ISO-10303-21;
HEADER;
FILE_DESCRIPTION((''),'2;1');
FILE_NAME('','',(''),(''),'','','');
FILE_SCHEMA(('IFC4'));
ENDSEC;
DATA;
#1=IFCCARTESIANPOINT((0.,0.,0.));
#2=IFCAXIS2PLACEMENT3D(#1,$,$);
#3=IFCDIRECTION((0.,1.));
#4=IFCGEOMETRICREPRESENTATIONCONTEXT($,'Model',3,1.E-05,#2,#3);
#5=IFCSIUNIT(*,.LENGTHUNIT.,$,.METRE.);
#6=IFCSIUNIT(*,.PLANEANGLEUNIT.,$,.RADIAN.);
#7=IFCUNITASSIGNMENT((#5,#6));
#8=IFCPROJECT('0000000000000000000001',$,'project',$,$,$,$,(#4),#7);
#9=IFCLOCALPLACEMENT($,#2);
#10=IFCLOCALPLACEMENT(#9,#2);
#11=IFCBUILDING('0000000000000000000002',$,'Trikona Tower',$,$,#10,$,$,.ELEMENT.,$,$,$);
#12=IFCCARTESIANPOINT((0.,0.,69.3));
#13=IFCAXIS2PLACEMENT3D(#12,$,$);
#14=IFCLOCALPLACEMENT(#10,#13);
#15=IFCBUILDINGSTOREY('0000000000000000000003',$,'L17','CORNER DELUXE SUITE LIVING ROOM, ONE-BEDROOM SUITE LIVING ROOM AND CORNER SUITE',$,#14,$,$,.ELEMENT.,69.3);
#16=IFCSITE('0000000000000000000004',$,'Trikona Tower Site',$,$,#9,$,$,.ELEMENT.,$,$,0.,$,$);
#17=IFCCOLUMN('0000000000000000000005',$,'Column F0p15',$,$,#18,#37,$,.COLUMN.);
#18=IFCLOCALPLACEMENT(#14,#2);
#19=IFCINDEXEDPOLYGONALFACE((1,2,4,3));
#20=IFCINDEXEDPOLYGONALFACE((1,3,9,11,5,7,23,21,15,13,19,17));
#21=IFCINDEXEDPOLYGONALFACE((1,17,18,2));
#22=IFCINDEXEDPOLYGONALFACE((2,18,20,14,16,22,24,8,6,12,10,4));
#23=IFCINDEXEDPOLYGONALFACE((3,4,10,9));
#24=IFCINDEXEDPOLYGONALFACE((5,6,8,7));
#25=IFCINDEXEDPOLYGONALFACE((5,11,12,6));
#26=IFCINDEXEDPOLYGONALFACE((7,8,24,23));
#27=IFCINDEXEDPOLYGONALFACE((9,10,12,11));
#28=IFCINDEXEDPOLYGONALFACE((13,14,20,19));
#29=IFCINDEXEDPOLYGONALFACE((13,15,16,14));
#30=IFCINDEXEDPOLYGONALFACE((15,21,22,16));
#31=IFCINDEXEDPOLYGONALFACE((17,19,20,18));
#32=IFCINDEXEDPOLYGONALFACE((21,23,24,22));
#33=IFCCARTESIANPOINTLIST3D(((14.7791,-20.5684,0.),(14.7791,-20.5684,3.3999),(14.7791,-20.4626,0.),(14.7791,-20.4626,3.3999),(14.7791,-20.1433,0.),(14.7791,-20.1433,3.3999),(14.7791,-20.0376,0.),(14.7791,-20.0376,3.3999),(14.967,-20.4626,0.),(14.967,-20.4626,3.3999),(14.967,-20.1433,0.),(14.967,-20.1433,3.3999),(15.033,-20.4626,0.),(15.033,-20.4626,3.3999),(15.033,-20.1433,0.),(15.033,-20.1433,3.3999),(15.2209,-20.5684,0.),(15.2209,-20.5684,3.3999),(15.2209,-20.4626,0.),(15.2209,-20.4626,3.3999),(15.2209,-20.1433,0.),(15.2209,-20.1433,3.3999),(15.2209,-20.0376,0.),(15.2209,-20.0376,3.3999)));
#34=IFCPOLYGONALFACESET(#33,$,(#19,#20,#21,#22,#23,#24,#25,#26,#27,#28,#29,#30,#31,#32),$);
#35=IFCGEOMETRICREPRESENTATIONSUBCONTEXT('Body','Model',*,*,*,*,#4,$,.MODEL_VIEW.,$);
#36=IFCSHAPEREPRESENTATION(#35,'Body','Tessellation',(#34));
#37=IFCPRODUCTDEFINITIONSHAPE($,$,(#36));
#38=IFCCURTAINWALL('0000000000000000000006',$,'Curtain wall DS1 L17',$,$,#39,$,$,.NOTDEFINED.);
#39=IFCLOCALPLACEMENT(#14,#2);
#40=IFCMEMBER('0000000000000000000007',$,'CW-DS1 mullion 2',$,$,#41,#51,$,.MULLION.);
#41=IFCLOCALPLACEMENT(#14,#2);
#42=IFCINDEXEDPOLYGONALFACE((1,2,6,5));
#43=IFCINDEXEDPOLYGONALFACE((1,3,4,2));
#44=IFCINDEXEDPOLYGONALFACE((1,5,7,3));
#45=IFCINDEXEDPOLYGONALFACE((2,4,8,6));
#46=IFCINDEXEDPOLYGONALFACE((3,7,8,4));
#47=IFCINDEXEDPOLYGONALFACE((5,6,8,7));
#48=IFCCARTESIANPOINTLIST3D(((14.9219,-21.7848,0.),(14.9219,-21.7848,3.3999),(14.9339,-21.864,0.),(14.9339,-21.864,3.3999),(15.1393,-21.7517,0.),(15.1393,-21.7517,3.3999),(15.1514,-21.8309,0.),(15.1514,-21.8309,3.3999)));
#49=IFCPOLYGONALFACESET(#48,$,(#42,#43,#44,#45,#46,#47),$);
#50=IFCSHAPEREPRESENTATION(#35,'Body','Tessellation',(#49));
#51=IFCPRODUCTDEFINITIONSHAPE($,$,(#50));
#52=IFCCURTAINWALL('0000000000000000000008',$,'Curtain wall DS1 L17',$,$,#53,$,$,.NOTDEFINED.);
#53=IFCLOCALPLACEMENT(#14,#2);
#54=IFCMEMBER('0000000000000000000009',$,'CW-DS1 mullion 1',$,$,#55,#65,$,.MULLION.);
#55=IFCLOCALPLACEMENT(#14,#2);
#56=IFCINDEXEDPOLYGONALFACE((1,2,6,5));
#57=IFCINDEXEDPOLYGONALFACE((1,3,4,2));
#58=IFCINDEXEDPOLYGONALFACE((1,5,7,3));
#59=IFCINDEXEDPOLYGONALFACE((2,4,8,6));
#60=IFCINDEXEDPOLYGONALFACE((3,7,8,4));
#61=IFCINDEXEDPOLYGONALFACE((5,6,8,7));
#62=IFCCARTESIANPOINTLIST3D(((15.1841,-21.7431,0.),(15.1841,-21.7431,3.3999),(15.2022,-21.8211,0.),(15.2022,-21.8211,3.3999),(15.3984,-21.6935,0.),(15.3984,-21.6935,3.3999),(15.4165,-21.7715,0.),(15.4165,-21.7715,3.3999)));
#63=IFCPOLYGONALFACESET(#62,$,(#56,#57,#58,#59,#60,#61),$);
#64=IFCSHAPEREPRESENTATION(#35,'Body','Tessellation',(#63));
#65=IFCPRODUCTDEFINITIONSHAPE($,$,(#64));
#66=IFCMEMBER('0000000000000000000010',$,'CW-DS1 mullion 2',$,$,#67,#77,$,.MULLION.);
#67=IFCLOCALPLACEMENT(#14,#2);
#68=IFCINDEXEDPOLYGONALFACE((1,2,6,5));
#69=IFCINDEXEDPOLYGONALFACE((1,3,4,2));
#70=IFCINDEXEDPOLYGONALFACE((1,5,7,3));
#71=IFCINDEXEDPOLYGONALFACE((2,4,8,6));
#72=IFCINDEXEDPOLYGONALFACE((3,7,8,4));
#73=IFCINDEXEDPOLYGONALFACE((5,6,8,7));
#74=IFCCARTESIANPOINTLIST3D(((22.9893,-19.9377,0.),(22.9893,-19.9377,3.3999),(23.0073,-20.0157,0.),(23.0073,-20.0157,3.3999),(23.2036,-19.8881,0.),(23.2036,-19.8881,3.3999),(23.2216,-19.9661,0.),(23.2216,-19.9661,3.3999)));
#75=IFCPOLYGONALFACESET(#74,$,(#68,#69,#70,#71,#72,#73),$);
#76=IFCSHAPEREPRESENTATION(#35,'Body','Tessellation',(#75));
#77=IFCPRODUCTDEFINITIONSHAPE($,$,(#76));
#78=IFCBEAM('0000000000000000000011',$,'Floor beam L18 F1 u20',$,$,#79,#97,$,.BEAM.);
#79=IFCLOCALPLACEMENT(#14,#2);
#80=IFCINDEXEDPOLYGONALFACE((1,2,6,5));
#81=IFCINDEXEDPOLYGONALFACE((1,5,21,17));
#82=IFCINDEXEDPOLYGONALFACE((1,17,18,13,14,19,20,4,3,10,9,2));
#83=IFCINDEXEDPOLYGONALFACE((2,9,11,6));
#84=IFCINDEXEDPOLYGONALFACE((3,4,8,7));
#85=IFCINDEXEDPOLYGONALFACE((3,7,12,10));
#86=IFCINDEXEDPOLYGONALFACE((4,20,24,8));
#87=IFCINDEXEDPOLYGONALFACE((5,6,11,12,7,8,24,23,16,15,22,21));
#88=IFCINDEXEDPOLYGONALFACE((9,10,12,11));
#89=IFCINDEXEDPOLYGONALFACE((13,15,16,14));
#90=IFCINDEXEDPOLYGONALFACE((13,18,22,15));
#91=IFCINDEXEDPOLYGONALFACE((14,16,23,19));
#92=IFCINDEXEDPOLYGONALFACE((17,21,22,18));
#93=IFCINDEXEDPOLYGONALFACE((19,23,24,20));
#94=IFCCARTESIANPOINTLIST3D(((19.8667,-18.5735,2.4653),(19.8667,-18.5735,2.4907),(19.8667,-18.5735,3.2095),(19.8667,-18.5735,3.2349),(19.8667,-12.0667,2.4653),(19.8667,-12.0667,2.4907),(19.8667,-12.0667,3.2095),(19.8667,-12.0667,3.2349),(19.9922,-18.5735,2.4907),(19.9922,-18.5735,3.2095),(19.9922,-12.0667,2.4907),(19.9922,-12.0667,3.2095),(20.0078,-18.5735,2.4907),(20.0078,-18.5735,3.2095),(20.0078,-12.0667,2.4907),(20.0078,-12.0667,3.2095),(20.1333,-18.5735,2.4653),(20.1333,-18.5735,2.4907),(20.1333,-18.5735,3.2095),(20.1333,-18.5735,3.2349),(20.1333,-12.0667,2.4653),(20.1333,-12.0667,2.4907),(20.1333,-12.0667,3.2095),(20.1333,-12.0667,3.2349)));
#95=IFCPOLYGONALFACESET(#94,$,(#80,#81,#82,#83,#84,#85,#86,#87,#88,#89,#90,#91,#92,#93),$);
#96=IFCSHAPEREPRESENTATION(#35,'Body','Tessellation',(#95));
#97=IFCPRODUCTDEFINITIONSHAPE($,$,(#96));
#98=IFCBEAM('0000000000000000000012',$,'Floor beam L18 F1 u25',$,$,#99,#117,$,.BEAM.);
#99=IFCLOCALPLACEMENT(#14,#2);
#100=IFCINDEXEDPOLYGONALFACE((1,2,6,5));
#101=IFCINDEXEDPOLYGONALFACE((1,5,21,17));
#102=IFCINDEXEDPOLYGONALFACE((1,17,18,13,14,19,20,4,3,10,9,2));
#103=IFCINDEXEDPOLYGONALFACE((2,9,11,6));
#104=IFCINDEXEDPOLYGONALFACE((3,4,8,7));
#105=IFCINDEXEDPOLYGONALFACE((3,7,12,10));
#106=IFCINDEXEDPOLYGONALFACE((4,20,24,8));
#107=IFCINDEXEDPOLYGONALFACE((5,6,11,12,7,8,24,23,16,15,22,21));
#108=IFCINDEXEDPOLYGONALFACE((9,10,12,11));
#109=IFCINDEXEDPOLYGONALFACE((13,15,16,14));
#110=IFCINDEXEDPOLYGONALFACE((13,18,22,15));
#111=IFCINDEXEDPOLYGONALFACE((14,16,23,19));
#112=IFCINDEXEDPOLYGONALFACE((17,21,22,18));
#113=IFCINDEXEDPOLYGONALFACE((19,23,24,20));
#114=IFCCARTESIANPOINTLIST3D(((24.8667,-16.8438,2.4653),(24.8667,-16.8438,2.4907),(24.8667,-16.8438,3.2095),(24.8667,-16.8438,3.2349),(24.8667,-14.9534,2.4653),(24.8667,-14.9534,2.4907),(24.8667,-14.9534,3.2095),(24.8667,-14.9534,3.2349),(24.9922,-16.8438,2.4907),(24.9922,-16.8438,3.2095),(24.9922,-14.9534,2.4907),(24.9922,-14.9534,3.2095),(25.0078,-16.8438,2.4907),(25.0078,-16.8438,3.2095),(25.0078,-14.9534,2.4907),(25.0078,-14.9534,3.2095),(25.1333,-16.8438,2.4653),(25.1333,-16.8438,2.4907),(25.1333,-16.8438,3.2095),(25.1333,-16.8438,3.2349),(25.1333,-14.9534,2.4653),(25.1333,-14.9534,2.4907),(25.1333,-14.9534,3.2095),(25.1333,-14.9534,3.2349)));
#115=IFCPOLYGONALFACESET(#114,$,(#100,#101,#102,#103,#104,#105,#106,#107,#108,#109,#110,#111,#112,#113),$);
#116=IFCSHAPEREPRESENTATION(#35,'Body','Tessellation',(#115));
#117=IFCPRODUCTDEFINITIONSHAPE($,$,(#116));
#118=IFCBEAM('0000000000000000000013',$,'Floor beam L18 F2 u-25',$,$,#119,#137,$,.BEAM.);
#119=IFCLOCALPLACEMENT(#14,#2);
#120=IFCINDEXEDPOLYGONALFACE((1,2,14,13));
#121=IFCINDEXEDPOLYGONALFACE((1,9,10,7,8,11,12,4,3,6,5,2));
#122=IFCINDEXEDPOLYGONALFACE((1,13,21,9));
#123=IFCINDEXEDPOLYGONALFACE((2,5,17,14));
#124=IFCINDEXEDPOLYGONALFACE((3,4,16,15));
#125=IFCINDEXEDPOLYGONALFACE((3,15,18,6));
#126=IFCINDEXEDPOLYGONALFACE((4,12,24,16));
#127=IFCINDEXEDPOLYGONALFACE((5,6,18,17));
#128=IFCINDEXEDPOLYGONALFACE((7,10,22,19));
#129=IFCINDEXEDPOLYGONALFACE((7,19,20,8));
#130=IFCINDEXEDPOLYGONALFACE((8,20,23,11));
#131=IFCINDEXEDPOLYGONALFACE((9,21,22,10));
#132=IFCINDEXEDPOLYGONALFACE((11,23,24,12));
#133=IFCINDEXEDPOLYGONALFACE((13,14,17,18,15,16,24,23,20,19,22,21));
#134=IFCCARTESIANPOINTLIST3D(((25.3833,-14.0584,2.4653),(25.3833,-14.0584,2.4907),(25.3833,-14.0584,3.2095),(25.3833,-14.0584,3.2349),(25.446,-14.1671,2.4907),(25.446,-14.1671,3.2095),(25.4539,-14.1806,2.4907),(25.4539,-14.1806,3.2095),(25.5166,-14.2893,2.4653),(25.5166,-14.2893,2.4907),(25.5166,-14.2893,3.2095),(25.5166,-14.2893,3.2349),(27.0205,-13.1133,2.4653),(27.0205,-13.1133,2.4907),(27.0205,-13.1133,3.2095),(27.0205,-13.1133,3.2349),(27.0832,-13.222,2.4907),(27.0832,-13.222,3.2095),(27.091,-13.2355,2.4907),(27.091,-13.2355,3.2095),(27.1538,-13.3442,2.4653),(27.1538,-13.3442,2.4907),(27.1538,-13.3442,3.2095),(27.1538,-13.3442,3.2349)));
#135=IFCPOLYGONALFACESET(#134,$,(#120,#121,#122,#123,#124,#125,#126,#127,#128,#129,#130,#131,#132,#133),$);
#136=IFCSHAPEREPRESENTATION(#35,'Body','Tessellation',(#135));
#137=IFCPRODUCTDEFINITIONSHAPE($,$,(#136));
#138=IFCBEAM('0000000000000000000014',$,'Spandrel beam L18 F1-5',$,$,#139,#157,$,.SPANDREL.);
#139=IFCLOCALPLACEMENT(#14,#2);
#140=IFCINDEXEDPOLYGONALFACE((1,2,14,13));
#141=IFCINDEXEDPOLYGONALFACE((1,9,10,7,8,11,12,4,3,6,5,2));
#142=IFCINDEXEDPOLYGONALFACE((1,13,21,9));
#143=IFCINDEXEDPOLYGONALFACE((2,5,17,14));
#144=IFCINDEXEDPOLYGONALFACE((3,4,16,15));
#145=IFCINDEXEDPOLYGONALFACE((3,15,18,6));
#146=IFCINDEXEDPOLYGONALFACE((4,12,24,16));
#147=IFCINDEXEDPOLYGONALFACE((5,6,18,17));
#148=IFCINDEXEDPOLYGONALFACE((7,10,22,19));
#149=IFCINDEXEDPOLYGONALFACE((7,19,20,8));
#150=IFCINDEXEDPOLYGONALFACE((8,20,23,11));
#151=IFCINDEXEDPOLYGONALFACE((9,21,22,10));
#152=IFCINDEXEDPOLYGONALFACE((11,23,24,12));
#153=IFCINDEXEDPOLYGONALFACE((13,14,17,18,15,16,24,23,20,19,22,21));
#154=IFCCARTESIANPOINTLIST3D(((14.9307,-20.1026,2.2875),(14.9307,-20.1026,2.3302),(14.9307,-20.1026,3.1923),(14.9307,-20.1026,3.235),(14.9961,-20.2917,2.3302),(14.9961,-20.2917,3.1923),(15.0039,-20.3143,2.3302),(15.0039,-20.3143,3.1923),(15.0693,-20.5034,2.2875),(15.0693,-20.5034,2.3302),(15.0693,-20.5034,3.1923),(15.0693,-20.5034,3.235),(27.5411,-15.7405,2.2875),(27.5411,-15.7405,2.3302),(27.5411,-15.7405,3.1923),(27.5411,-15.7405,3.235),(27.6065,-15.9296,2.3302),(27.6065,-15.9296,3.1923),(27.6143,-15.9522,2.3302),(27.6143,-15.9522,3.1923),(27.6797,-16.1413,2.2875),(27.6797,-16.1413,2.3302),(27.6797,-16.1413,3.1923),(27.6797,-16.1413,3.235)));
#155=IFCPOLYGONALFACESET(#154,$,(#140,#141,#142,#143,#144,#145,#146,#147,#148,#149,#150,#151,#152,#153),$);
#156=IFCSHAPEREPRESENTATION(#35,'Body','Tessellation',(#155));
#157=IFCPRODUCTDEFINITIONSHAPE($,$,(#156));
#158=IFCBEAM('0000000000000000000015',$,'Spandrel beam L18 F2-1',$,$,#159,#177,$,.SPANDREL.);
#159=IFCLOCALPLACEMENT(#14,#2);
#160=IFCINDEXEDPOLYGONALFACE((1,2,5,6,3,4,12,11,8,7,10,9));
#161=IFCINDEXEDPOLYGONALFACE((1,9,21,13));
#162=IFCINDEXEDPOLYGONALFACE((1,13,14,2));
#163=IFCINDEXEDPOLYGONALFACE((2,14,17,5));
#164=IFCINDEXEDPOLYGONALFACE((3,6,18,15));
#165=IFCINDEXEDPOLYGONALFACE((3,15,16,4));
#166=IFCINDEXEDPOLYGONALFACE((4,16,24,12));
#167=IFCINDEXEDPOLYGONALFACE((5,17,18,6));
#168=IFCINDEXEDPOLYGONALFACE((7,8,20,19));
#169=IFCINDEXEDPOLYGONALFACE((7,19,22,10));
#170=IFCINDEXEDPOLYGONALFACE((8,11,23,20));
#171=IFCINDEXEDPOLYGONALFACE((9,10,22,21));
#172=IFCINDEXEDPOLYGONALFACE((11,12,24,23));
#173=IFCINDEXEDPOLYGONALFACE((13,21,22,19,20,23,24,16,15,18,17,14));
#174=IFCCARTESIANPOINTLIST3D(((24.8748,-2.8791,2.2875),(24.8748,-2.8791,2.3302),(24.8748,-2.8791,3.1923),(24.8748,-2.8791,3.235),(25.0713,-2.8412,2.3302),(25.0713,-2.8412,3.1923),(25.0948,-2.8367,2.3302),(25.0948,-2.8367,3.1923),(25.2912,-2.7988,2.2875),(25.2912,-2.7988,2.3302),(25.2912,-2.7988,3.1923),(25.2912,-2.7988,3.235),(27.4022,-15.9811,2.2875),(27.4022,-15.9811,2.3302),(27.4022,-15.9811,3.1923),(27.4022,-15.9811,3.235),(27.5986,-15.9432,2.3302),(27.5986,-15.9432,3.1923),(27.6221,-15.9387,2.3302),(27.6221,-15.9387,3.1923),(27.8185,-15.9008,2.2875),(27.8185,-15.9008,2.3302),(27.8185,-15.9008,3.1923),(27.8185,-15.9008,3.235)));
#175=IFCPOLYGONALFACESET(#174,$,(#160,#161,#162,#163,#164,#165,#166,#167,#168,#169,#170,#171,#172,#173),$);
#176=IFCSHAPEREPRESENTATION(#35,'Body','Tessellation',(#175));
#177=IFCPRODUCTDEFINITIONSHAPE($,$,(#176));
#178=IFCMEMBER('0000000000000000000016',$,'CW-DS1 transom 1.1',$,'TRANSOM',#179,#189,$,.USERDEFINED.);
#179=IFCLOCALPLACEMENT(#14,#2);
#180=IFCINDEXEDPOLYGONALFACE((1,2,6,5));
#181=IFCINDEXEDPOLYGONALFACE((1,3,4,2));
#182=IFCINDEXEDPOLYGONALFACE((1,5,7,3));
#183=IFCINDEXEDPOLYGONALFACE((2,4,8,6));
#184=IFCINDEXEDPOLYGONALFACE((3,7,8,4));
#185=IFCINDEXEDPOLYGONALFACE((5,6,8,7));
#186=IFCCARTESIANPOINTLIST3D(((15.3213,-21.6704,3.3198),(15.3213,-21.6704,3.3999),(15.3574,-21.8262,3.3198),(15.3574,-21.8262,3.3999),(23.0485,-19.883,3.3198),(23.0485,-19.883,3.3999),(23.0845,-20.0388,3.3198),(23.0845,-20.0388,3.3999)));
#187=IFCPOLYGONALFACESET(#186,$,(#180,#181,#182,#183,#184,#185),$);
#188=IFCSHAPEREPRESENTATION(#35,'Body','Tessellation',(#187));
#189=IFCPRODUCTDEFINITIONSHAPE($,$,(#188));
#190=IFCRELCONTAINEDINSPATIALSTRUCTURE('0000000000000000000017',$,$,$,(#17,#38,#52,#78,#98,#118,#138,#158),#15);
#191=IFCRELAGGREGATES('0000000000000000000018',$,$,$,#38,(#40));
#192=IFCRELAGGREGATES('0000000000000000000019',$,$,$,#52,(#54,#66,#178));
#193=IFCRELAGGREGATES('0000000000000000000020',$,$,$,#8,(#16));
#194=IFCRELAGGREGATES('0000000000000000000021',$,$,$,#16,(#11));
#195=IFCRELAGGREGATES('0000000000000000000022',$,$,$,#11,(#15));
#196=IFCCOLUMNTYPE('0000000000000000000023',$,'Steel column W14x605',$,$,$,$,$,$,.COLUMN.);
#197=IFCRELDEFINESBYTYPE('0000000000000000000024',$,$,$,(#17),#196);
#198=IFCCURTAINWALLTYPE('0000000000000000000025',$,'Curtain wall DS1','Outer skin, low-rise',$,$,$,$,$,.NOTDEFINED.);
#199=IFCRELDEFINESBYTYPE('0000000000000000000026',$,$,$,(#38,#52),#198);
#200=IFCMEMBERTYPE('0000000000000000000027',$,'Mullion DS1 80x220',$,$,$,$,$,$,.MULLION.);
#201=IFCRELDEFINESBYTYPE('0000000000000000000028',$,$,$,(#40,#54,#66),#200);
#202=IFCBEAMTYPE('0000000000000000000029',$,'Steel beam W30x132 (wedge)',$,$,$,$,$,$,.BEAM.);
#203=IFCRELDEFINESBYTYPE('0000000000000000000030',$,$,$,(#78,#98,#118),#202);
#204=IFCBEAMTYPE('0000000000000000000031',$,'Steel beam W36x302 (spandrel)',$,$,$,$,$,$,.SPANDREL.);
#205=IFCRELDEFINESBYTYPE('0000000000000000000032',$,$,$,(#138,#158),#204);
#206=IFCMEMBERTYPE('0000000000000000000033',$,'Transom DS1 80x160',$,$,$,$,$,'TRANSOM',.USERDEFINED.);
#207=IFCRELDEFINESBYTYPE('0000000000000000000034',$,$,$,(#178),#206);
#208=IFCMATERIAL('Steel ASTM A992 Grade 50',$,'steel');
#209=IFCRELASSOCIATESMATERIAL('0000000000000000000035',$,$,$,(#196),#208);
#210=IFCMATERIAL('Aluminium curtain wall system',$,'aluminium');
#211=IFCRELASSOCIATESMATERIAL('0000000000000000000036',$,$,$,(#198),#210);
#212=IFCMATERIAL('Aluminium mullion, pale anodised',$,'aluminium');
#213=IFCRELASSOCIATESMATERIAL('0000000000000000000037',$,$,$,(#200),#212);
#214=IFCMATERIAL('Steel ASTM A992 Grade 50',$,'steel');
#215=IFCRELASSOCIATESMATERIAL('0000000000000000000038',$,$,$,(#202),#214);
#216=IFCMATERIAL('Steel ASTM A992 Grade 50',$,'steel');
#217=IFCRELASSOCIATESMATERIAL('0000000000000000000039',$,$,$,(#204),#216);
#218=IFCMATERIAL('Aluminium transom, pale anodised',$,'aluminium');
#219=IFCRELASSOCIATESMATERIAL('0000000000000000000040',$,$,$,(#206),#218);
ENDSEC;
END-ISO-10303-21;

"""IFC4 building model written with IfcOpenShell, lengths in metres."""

from ifc_helpers import new_model, si_unit, direction, frame, origin, origin_2d, place, context, subcontext, project, spatial, rectangle, i_section, extrude, material, material_profile, profile_set, type_object, element, aggregate, save


model = new_model("IFC4")

# Units and contexts
model_context = context("Model", 3, precision=1e-05, world=origin(), true_north=direction((0.0, 1.0)))
body_context = subcontext(model_context, "Body", "Model", "MODEL_VIEW")
ifc_project = project(units=[si_unit("LENGTHUNIT", "METRE"), si_unit("PLANEANGLEUNIT", "RADIAN")], contexts=[model_context])

# Site, building, storey
site_placement = place(None, origin())
site = spatial("IfcSite", under=ifc_project, at=site_placement, Name="Trikona Tower Site", CompositionType="ELEMENT", RefElevation=0.0)
building_placement = place(site_placement, origin())
building = spatial("IfcBuilding", under=site, at=building_placement, Name="Trikona Tower", CompositionType="ELEMENT")
storey_placement = place(building_placement, frame((0.0, 0.0, 69.3)))
storey = spatial("IfcBuildingStorey", under=building, at=storey_placement, Name="L17", Description="CORNER DELUXE SUITE LIVING ROOM, ONE-BEDROOM SUITE LIVING ROOM AND CORNER SUITE", CompositionType="ELEMENT", Elevation=69.3)

# Column
ifc_material_1 = material(Name="Steel ASTM A992 Grade 50", Category="steel")
ifc_material_profile_1 = material_profile(ifc_material_1, i_section(OverallWidth=0.4419, OverallDepth=0.5308, WebThickness=0.0659, FlangeThickness=0.1057, at=origin_2d()), Name="W14X605")
ifc_profile_set_1 = profile_set([ifc_material_profile_1], Name="Steel ASTM A992 Grade 50")
column_type = type_object("IfcColumnType", Name="Steel column W14x605", PredefinedType="COLUMN", material=ifc_profile_set_1)
column_placement = place(storey_placement, frame((15.0, -20.303, 0.0), z_axis=(0.0, 0.0, 1.0), x_axis=(1.0, 0.0, 0.0)))
element("IfcColumn", 1, at=column_placement, inside=storey, type_object=column_type, Name="Column F0p15", PredefinedType="COLUMN", context=body_context, shape_type="SweptSolid", body=[
    extrude(i_section(OverallWidth=0.4419, OverallDepth=0.5308, WebThickness=0.0659, FlangeThickness=0.1057, at=origin_2d()), origin(), (0.0, 0.0, 1.0), 3.3999),
])

# Curtain wall, member
ifc_material_2 = material(Name="Aluminium curtain wall system", Category="aluminium")
curtain_wall_type = type_object("IfcCurtainWallType", Name="Curtain wall DS1", Description="Outer skin, low-rise", PredefinedType="NOTDEFINED", material=ifc_material_2)
curtain_wall_1_placement = place(storey_placement, origin())
curtain_wall_1 = element("IfcCurtainWall", 2, at=curtain_wall_1_placement, inside=storey, type_object=curtain_wall_type, Name="Curtain wall DS1 L17", PredefinedType="NOTDEFINED")
ifc_material_3 = material(Name="Aluminium mullion, pale anodised", Category="aluminium")
ifc_material_profile_2 = material_profile(ifc_material_3, rectangle(XDim=0.0801, YDim=0.22, at=origin_2d()), Name="MUL-DS1")
ifc_profile_set_2 = profile_set([ifc_material_profile_2], Name="Aluminium mullion, pale anodised")
member_type_1 = type_object("IfcMemberType", Name="Mullion DS1 80x220", PredefinedType="MULLION", material=ifc_profile_set_2)
member_1_placement = place(storey_placement, frame((15.0366, -21.8079, 0.0), z_axis=(0.0, 0.0, 1.0), x_axis=(-0.150438, 0.988619, 0.0)))
member_1 = element("IfcMember", 3, at=member_1_placement, type_object=member_type_1, Name="CW-DS1 mullion 2", PredefinedType="MULLION", context=body_context, shape_type="SweptSolid", body=[
    extrude(rectangle(XDim=0.0801, YDim=0.22, at=origin_2d()), origin(), (0.0, 0.0, 1.0), 3.3999),
])
aggregate(curtain_wall_1, [member_1])

# Curtain wall, members
curtain_wall_2_placement = place(storey_placement, origin())
curtain_wall_2 = element("IfcCurtainWall", 4, at=curtain_wall_2_placement, inside=storey, type_object=curtain_wall_type, Name="Curtain wall DS1 L17", PredefinedType="NOTDEFINED")
member_2_placement = place(storey_placement, frame((15.3003, -21.7573, 0.0), z_axis=(0.0, 0.0, 1.0), x_axis=(-0.225343, 0.974279, 0.0)))
member_2 = element("IfcMember", 5, at=member_2_placement, type_object=member_type_1, Name="CW-DS1 mullion 1", PredefinedType="MULLION", context=body_context, shape_type="SweptSolid", body=[
    extrude(rectangle(XDim=0.0801, YDim=0.22, at=origin_2d()), origin(), (0.0, 0.0, 1.0), 3.3999),
])
member_3_placement = place(storey_placement, frame((23.1055, -19.9519, 0.0), z_axis=(0.0, 0.0, 1.0), x_axis=(-0.225343, 0.974279, 0.0)))
member_3 = element("IfcMember", 6, at=member_3_placement, type_object=member_type_1, Name="CW-DS1 mullion 2", PredefinedType="MULLION", context=body_context, shape_type="SweptSolid", body=[
    extrude(rectangle(XDim=0.0801, YDim=0.22, at=origin_2d()), origin(), (0.0, 0.0, 1.0), 3.3999),
])

# Beams
ifc_material_4 = material(Name="Steel ASTM A992 Grade 50", Category="steel")
ifc_material_profile_3 = material_profile(ifc_material_4, i_section(OverallWidth=0.2666, OverallDepth=0.7695, WebThickness=0.0156, FlangeThickness=0.0254, at=origin_2d()), Name="W30X132")
ifc_profile_set_3 = profile_set([ifc_material_profile_3], Name="Steel ASTM A992 Grade 50")
beam_type_1 = type_object("IfcBeamType", Name="Steel beam W30x132 (wedge)", PredefinedType="BEAM", material=ifc_profile_set_3)
beam_placement = place(storey_placement, frame((20.0, -12.0667, 2.8501), z_axis=(0.0, -1.0, 0.0), x_axis=(1.0, 0.0, 0.0)))
element("IfcBeam", 7, at=beam_placement, inside=storey, type_object=beam_type_1, Name="Floor beam L18 F1 u20", PredefinedType="BEAM", context=body_context, shape_type="SweptSolid", body=[
    extrude(i_section(OverallWidth=0.2666, OverallDepth=0.7695, WebThickness=0.0156, FlangeThickness=0.0254, at=origin_2d()), origin(), (0.0, 0.0, 1.0), 6.5068),
])
for number, where, z_axis, x_axis, name in (
    (8, (25.0, -14.9534, 2.8501), (0.0, -1.0, 0.0), (1.0, 0.0, 0.0), "Floor beam L18 F1 u25"),
    (9, (25.45, -14.1738, 2.8501), (0.866065, 0.499931, 0.0), (-0.499931, 0.866065, 0.0), "Floor beam L18 F2 u-25"),
):
    element("IfcBeam", number, at=place(storey_placement, frame(where, z_axis=z_axis, x_axis=x_axis)), inside=storey, type_object=beam_type_1, Name=name, PredefinedType="BEAM", context=body_context, shape_type="SweptSolid", body=[
        extrude(i_section(OverallWidth=0.2666, OverallDepth=0.7695, WebThickness=0.0156, FlangeThickness=0.0254, at=origin_2d()), origin(), (0.0, 0.0, 1.0), 1.8904),
    ])
ifc_material_5 = material(Name="Steel ASTM A992 Grade 50", Category="steel")
ifc_material_profile_4 = material_profile(ifc_material_5, i_section(OverallWidth=0.4241, OverallDepth=0.9475, WebThickness=0.0239, FlangeThickness=0.0427, at=origin_2d()), Name="W36X302")
ifc_profile_set_4 = profile_set([ifc_material_profile_4], Name="Steel ASTM A992 Grade 50")
beam_type_2 = type_object("IfcBeamType", Name="Steel beam W36x302 (spandrel)", PredefinedType="SPANDREL", material=ifc_profile_set_4)
for number, where, z_axis, x_axis, name in (
    (10, (15.0, -20.303, 2.7612), (0.945057, 0.326906, 0.0), (-0.326906, 0.945057, 0.0), "Spandrel beam L18 F1-5"),
    (11, (27.6104, -15.9409, 2.7612), (-0.189405, 0.981899, 0.0), (-0.981899, -0.189405, 0.0), "Spandrel beam L18 F2-1"),
):
    element("IfcBeam", number, at=place(storey_placement, frame(where, z_axis=z_axis, x_axis=x_axis)), inside=storey, type_object=beam_type_2, Name=name, PredefinedType="SPANDREL", context=body_context, shape_type="SweptSolid", body=[
        extrude(i_section(OverallWidth=0.4241, OverallDepth=0.9475, WebThickness=0.0239, FlangeThickness=0.0427, at=origin_2d()), origin(), (0.0, 0.0, 1.0), 13.3435),
    ])

# Member
ifc_material_6 = material(Name="Aluminium transom, pale anodised", Category="aluminium")
ifc_material_profile_5 = material_profile(ifc_material_6, rectangle(XDim=0.1599, YDim=0.0801, at=origin_2d()), Name="TRN-DS1")
ifc_profile_set_5 = profile_set([ifc_material_profile_5], Name="Aluminium transom, pale anodised")
member_type_2 = type_object("IfcMemberType", Name="Transom DS1 80x160", ElementType="TRANSOM", PredefinedType="USERDEFINED", material=ifc_profile_set_5)
member_4_placement = place(storey_placement, frame((15.3394, -21.7483, 3.3599), z_axis=(0.974275, 0.225361, 0.0), x_axis=(-0.225361, 0.974275, 0.0)))
member_4 = element("IfcMember", 12, at=member_4_placement, type_object=member_type_2, Name="CW-DS1 transom 1.1", ObjectType="TRANSOM", PredefinedType="USERDEFINED", context=body_context, shape_type="SweptSolid", body=[
    extrude(rectangle(XDim=0.1599, YDim=0.0801, at=origin_2d()), origin(), (0.0, 0.0, 1.0), 7.9312),
])

aggregate(curtain_wall_2, [member_2, member_3, member_4])

save(model, "model.ifc")
